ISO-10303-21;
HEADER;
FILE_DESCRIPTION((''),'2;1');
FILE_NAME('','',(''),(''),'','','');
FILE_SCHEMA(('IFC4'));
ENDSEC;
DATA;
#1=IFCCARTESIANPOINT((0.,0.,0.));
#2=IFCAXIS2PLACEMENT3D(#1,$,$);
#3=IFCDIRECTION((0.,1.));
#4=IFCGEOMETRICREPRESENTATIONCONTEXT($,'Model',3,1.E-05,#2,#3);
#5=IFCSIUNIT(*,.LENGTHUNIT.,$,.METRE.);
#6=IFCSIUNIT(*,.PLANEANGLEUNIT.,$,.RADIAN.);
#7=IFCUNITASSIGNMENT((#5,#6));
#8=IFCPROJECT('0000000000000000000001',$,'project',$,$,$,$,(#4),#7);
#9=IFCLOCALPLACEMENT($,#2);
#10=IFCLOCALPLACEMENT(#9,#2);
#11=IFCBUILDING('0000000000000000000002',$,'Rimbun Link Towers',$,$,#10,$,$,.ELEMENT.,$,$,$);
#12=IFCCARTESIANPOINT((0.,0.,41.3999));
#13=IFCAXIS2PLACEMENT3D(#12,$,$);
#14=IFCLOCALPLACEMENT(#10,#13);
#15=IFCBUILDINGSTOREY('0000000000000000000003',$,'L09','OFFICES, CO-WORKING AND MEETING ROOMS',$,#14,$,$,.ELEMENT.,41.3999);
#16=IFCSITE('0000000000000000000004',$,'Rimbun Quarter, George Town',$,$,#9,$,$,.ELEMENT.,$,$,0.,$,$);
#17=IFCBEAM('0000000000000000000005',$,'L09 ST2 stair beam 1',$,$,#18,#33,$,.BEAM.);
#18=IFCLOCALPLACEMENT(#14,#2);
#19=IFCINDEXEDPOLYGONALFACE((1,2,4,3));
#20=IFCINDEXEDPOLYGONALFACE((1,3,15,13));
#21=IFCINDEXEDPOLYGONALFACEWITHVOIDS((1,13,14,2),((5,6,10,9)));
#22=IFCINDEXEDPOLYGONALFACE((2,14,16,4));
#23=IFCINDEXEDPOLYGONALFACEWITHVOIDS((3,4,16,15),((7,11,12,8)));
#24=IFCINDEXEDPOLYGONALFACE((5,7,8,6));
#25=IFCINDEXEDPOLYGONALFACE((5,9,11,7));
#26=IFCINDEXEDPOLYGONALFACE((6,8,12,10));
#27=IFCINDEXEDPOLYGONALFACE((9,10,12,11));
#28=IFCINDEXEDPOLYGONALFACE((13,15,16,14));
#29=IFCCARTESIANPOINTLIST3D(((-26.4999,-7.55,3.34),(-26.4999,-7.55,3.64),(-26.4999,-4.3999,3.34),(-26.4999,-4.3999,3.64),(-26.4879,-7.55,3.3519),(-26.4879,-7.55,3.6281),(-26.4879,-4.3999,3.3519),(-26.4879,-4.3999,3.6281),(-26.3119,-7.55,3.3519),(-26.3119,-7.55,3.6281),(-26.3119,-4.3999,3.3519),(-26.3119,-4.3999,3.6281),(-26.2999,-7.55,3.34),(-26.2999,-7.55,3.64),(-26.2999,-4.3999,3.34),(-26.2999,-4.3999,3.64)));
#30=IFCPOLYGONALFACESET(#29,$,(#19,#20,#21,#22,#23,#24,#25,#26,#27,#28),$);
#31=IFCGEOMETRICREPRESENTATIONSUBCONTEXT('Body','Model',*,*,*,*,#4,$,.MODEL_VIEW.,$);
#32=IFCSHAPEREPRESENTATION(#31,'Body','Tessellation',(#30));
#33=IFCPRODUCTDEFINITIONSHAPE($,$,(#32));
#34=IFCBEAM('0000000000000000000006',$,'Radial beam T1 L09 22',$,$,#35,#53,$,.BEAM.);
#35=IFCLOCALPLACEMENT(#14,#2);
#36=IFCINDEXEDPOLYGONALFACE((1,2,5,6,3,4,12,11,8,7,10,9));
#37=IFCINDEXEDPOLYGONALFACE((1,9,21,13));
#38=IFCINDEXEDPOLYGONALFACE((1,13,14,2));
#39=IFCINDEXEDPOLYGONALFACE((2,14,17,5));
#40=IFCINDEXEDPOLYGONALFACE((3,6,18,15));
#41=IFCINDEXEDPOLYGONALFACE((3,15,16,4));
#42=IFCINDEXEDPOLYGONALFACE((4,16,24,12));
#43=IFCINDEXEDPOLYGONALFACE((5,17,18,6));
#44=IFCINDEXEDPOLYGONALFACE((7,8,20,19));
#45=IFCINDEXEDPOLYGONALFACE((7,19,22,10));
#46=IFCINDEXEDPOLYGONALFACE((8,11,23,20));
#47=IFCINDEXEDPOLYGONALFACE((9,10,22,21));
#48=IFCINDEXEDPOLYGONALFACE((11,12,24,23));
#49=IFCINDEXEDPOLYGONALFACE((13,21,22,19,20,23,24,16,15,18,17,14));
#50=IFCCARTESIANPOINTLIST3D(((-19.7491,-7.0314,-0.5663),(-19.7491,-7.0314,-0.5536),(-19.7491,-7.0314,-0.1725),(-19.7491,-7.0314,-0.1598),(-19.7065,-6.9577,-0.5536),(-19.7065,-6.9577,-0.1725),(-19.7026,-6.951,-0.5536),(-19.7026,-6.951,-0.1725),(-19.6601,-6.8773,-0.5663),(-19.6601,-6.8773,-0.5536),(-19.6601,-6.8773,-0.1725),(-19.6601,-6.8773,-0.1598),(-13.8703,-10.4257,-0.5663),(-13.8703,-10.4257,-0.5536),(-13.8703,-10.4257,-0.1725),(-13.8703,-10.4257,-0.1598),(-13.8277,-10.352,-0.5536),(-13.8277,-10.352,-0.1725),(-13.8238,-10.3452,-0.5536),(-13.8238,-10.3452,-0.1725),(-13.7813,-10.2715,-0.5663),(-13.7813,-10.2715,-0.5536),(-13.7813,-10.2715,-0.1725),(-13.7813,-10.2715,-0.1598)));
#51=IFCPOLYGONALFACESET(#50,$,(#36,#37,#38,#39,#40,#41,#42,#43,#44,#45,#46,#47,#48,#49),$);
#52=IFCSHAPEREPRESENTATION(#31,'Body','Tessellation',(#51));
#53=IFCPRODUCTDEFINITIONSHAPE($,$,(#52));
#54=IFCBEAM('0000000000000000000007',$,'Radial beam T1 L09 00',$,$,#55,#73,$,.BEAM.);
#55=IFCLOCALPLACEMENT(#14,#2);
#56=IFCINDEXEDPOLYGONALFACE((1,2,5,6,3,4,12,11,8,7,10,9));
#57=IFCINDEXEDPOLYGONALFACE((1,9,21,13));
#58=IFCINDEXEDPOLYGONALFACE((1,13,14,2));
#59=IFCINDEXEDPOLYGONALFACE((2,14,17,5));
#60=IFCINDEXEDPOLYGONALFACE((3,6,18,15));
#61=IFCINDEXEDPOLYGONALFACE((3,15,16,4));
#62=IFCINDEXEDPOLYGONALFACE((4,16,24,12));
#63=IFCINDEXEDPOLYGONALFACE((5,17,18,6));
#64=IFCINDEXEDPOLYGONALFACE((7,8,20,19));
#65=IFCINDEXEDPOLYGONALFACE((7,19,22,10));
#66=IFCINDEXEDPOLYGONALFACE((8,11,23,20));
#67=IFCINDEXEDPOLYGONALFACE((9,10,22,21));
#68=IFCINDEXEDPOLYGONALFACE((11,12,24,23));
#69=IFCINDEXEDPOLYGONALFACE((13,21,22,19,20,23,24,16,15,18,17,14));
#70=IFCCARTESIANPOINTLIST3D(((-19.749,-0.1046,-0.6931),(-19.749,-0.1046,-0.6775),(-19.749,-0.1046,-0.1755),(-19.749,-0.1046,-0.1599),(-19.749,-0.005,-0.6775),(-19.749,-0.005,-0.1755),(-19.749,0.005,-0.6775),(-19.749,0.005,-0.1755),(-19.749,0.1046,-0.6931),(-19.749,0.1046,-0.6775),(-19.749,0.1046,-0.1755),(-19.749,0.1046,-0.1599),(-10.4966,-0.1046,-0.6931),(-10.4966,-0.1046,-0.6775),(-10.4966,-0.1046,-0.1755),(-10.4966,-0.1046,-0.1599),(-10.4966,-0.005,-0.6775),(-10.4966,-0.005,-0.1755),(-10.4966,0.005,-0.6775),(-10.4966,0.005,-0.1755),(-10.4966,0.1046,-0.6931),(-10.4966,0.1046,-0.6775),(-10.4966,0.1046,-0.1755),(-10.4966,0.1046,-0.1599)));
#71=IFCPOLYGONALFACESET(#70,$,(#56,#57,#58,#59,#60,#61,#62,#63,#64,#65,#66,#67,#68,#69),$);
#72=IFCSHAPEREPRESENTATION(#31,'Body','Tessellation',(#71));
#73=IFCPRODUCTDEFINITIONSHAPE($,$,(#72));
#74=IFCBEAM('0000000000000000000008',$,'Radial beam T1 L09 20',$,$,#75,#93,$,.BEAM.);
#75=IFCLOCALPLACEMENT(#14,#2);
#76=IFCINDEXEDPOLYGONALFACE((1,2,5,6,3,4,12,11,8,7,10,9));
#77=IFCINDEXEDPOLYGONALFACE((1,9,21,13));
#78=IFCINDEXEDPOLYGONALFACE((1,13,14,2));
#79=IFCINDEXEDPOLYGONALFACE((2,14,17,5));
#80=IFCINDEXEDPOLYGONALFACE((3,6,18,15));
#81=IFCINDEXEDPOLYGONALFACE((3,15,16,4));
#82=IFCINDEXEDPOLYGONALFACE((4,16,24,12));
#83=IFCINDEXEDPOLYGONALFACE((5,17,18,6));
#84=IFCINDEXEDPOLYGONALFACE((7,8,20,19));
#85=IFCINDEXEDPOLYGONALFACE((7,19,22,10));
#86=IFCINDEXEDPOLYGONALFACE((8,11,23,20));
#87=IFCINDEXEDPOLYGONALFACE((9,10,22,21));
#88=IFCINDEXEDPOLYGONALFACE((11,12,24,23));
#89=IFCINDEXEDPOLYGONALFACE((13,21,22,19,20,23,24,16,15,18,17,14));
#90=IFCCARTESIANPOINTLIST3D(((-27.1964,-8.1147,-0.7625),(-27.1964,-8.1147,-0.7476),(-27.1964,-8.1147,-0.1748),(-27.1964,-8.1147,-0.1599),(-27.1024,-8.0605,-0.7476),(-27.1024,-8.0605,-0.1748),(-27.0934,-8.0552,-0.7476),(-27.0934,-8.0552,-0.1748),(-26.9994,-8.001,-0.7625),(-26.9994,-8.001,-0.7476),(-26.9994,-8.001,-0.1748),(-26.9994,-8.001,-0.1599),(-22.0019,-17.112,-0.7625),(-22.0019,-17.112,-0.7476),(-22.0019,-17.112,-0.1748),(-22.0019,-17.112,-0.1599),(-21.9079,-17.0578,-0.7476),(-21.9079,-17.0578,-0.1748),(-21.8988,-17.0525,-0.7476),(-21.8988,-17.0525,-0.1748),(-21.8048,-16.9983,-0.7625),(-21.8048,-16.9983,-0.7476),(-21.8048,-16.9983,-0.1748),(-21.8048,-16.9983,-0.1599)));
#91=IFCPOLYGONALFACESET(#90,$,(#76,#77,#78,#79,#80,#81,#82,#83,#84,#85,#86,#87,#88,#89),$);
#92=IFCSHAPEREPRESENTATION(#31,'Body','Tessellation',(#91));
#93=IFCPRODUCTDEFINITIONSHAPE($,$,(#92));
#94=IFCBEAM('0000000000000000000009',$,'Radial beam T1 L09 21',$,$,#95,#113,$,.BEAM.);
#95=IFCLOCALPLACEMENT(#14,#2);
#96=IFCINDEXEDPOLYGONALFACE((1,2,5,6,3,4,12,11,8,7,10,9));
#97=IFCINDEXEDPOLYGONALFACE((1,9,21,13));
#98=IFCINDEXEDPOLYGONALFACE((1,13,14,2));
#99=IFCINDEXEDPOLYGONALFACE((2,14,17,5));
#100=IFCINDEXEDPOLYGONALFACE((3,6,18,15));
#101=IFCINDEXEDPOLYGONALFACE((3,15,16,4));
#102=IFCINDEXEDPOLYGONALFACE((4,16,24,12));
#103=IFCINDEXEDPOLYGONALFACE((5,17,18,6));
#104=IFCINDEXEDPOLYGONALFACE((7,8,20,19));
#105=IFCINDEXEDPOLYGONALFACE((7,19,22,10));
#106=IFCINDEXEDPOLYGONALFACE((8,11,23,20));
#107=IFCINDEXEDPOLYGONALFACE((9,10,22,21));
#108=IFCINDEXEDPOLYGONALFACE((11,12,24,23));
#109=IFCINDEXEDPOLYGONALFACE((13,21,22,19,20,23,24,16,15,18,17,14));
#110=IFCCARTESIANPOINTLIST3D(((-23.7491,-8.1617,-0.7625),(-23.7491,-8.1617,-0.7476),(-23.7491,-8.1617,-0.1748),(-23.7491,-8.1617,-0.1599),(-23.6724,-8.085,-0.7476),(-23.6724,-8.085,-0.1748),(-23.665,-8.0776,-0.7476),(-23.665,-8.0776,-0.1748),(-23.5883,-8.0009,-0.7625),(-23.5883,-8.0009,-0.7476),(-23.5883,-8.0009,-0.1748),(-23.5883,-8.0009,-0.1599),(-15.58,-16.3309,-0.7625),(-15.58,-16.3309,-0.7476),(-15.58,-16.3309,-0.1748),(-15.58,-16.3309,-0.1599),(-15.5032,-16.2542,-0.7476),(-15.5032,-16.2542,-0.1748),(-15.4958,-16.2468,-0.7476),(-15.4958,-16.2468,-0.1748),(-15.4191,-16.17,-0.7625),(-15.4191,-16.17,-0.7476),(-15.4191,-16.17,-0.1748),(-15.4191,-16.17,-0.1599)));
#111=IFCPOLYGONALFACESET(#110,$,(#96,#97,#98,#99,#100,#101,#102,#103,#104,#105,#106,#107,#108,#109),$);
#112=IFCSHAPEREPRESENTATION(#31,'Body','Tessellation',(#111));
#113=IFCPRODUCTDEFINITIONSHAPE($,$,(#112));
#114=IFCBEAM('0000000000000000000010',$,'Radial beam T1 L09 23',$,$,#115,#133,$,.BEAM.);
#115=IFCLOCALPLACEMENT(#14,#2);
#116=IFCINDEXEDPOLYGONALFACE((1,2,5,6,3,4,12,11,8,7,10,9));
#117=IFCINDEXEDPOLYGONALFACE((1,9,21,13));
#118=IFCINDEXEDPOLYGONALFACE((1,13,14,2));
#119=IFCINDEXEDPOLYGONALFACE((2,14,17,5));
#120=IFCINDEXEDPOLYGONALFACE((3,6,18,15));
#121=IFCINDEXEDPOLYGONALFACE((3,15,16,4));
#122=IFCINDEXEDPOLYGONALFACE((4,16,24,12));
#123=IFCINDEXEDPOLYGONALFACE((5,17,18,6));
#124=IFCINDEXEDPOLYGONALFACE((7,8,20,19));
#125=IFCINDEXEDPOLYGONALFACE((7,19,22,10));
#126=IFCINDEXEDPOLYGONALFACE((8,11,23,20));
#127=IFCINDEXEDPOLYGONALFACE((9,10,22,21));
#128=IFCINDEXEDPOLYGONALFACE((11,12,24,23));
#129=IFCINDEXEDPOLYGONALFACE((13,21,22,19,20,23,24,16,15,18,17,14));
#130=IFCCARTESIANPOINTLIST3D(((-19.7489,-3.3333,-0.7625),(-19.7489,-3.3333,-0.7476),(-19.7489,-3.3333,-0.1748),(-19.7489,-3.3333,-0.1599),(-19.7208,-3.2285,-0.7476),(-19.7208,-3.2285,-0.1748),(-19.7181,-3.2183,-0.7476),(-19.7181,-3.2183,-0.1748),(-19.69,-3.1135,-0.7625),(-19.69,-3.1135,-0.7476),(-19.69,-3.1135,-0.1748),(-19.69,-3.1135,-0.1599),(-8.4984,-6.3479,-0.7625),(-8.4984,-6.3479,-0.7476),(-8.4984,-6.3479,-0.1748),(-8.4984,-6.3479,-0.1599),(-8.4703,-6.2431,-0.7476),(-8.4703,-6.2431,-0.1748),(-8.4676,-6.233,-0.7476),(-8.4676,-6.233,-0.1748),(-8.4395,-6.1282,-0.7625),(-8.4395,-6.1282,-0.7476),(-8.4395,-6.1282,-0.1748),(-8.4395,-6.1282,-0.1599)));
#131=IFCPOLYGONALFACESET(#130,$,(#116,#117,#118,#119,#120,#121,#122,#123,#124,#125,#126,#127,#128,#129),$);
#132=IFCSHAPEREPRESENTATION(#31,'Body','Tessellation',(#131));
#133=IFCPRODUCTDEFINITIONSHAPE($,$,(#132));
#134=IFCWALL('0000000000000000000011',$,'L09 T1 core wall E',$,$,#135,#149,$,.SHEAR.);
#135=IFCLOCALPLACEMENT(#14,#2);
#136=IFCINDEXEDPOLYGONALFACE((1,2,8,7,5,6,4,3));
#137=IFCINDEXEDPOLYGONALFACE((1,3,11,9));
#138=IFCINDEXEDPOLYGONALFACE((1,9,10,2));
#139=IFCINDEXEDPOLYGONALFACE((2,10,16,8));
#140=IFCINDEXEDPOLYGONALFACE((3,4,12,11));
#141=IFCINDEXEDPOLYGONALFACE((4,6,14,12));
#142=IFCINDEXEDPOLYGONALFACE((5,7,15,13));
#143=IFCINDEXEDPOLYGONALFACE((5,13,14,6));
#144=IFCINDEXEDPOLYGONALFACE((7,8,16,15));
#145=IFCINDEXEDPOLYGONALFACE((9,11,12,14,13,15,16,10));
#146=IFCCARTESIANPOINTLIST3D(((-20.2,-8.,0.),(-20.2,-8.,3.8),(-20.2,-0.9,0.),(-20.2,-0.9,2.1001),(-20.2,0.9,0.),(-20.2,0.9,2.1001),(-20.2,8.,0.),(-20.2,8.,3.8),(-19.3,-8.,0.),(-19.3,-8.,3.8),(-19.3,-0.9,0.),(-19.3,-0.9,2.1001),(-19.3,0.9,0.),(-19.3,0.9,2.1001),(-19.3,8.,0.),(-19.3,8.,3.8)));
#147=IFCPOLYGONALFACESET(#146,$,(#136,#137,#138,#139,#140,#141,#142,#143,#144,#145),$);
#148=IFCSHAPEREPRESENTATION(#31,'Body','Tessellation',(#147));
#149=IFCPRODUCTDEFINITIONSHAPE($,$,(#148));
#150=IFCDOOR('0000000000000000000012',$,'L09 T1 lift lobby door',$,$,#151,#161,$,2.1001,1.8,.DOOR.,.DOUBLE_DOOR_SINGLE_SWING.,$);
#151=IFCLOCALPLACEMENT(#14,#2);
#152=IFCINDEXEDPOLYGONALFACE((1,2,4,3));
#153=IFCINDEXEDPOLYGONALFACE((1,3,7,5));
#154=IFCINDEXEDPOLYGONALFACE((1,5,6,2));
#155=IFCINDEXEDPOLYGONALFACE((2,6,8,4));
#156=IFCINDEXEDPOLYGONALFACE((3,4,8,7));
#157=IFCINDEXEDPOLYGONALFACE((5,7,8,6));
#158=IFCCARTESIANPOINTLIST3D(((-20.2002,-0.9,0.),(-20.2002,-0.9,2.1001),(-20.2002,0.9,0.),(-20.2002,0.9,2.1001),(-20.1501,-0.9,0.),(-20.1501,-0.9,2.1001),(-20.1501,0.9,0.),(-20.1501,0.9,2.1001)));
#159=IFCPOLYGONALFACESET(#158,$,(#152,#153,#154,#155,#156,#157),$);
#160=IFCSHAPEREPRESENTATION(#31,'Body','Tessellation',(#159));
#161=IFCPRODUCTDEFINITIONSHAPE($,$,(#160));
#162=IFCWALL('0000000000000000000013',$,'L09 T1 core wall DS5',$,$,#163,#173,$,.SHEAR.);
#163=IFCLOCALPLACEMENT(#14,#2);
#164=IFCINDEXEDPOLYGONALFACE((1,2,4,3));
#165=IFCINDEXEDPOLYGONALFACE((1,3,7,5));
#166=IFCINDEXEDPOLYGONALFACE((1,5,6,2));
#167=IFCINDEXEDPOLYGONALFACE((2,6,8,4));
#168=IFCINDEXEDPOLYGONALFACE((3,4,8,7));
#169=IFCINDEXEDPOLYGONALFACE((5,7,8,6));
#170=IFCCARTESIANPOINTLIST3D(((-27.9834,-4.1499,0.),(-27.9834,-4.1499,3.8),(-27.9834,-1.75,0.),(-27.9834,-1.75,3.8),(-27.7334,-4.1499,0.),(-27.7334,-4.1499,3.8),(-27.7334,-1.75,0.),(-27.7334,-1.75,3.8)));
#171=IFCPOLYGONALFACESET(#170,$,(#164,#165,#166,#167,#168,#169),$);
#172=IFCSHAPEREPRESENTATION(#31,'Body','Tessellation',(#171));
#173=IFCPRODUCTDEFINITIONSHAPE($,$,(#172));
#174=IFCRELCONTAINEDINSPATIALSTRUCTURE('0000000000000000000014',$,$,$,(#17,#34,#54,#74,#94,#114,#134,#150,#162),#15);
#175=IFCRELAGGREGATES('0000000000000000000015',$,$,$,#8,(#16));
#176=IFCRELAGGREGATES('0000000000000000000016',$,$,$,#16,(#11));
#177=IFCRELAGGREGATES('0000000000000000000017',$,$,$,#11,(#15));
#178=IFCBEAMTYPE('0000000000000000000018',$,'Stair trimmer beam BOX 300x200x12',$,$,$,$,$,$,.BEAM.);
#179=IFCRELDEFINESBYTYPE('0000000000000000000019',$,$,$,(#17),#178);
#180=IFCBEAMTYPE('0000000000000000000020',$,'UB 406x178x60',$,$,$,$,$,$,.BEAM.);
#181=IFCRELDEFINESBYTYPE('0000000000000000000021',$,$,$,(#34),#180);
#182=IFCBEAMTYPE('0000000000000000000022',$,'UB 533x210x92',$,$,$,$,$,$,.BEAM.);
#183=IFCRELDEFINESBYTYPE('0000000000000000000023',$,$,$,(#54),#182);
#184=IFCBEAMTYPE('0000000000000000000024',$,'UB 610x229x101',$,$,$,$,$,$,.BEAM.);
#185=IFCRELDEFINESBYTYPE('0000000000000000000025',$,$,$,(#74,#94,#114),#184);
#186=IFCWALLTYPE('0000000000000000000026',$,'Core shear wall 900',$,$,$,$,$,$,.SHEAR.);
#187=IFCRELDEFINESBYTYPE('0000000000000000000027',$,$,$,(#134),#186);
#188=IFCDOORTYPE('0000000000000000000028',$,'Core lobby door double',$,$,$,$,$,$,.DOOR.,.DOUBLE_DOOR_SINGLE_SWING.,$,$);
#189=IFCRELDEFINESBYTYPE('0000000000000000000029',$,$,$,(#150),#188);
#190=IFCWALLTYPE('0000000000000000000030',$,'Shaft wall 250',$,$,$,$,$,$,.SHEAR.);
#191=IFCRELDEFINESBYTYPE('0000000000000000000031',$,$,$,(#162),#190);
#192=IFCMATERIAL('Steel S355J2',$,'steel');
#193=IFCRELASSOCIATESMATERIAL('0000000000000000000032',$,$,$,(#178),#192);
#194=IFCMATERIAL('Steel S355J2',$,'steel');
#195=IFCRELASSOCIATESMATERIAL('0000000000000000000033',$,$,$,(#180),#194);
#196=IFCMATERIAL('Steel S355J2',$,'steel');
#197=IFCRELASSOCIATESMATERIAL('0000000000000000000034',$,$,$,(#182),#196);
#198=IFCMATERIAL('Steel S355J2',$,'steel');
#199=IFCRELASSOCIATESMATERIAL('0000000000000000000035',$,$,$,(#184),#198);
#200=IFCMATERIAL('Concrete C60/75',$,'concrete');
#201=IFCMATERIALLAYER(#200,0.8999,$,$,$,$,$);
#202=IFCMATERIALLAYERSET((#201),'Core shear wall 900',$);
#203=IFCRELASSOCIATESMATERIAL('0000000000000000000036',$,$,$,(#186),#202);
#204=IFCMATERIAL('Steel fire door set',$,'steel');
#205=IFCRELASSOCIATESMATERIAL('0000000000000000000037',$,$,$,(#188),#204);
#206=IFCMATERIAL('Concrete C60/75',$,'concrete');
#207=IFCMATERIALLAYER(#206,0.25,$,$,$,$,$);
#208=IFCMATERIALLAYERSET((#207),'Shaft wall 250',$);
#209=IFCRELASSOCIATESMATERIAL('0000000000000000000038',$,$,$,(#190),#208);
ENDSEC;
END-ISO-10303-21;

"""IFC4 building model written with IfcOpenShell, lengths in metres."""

from ifc_helpers import new_model, si_unit, direction, frame, frame_2d, origin, origin_2d, place, context, subcontext, project, spatial, rectangle, hollow_rectangle, i_section, extrude, material, layer, layer_set, material_profile, profile_set, type_object, element, fill, save


model = new_model("IFC4")

# Units and contexts
model_context = context("Model", 3, precision=1e-05, world=origin(), true_north=direction((0.0, 1.0)))
body_context = subcontext(model_context, "Body", "Model", "MODEL_VIEW")
ifc_project = project(units=[si_unit("LENGTHUNIT", "METRE"), si_unit("PLANEANGLEUNIT", "RADIAN")], contexts=[model_context])

# Site, building, storey
site_placement = place(None, origin())
site = spatial("IfcSite", under=ifc_project, at=site_placement, Name="Rimbun Quarter, George Town", CompositionType="ELEMENT", RefElevation=0.0)
building_placement = place(site_placement, origin())
building = spatial("IfcBuilding", under=site, at=building_placement, Name="Rimbun Link Towers", CompositionType="ELEMENT")
storey_placement = place(building_placement, frame((0.0, 0.0, 41.3999)))
storey = spatial("IfcBuildingStorey", under=building, at=storey_placement, Name="L09", Description="OFFICES, CO-WORKING AND MEETING ROOMS", CompositionType="ELEMENT", Elevation=41.3999)

# Beams
ifc_material_1 = material(Name="Steel S355J2", Category="steel")
ifc_material_profile_1 = material_profile(ifc_material_1, hollow_rectangle(XDim=0.2, YDim=0.3, WallThickness=0.012, at=origin_2d()), Name="BOX 300x200x12")
ifc_profile_set_1 = profile_set([ifc_material_profile_1], Name="Steel S355J2")
beam_type_1 = type_object("IfcBeamType", Name="Stair trimmer beam BOX 300x200x12", PredefinedType="BEAM", material=ifc_profile_set_1)
beam_1_placement = place(storey_placement, frame((-26.3999, -7.55, 3.49), z_axis=(0.0, 1.0, 0.0), x_axis=(-1.0, 0.0, 0.0)))
element("IfcBeam", 1, at=beam_1_placement, inside=storey, type_object=beam_type_1, Name="L09 ST2 stair beam 1", PredefinedType="BEAM", context=body_context, shape_type="SweptSolid", body=[
    extrude(hollow_rectangle(XDim=0.2, YDim=0.3, WallThickness=0.012, at=origin_2d()), origin(), (0.0, 0.0, 1.0), 3.1501),
])
ifc_material_2 = material(Name="Steel S355J2", Category="steel")
ifc_material_profile_2 = material_profile(ifc_material_2, i_section(OverallWidth=0.178, OverallDepth=0.4065, WebThickness=0.0078, FlangeThickness=0.0127, at=origin_2d()), Name="UB 406x178x60")
ifc_profile_set_2 = profile_set([ifc_material_profile_2], Name="Steel S355J2")
beam_type_2 = type_object("IfcBeamType", Name="UB 406x178x60", PredefinedType="BEAM", material=ifc_profile_set_2)
beam_2_placement = place(storey_placement, frame((-19.7046, -6.9543, -0.363), z_axis=(0.866019, -0.500011, 0.0), x_axis=(0.500011, 0.866019, 0.0)))
element("IfcBeam", 2, at=beam_2_placement, inside=storey, type_object=beam_type_2, Name="Radial beam T1 L09 22", PredefinedType="BEAM", context=body_context, shape_type="SweptSolid", body=[
    extrude(i_section(OverallWidth=0.178, OverallDepth=0.4065, WebThickness=0.0078, FlangeThickness=0.0127, at=origin_2d()), origin(), (0.0, 0.0, 1.0), 6.7883),
])
ifc_material_3 = material(Name="Steel S355J2", Category="steel")
ifc_material_profile_3 = material_profile(ifc_material_3, i_section(OverallWidth=0.2092, OverallDepth=0.5332, WebThickness=0.01, FlangeThickness=0.0156, at=origin_2d()), Name="UB 533x210x92")
ifc_profile_set_3 = profile_set([ifc_material_profile_3], Name="Steel S355J2")
beam_type_3 = type_object("IfcBeamType", Name="UB 533x210x92", PredefinedType="BEAM", material=ifc_profile_set_3)
beam_3_placement = place(storey_placement, frame((-19.749, 0.0, -0.4265), z_axis=(1.0, 0.0, 0.0), x_axis=(0.0, 1.0, 0.0)))
element("IfcBeam", 3, at=beam_3_placement, inside=storey, type_object=beam_type_3, Name="Radial beam T1 L09 00", PredefinedType="BEAM", context=body_context, shape_type="SweptSolid", body=[
    extrude(i_section(OverallWidth=0.2092, OverallDepth=0.5332, WebThickness=0.01, FlangeThickness=0.0156, at=origin_2d()), origin(), (0.0, 0.0, 1.0), 9.2524),
])
ifc_material_4 = material(Name="Steel S355J2", Category="steel")
ifc_material_profile_4 = material_profile(ifc_material_4, i_section(OverallWidth=0.2275, OverallDepth=0.6025, WebThickness=0.0105, FlangeThickness=0.0149, at=origin_2d()), Name="UB 610x229x101")
ifc_profile_set_4 = profile_set([ifc_material_profile_4], Name="Steel S355J2")
beam_type_4 = type_object("IfcBeamType", Name="UB 610x229x101", PredefinedType="BEAM", material=ifc_profile_set_4)
beam_4_placement = place(storey_placement, frame((-27.0979, -8.0579, -0.4612), z_axis=(0.499998, -0.866026, 0.0), x_axis=(0.866026, 0.499998, 0.0)))
element("IfcBeam", 4, at=beam_4_placement, inside=storey, type_object=beam_type_4, Name="Radial beam T1 L09 20", PredefinedType="BEAM", context=body_context, shape_type="SweptSolid", body=[
    extrude(i_section(OverallWidth=0.2275, OverallDepth=0.6025, WebThickness=0.0105, FlangeThickness=0.0149, at=origin_2d()), origin(), (0.0, 0.0, 1.0), 10.3892),
])
beam_5_placement = place(storey_placement, frame((-23.6687, -8.0813, -0.4612), z_axis=(0.707107, -0.707107, 0.0), x_axis=(0.707107, 0.707107, 0.0)))
element("IfcBeam", 5, at=beam_5_placement, inside=storey, type_object=beam_type_4, Name="Radial beam T1 L09 21", PredefinedType="BEAM", context=body_context, shape_type="SweptSolid", body=[
    extrude(i_section(OverallWidth=0.2275, OverallDepth=0.6025, WebThickness=0.0105, FlangeThickness=0.0149, at=origin_2d()), origin(), (0.0, 0.0, 1.0), 11.553),
])
beam_6_placement = place(storey_placement, frame((-19.7195, -3.2234, -0.4612), z_axis=(0.965924, -0.258826, 0.0), x_axis=(0.258826, 0.965924, 0.0)))
element("IfcBeam", 6, at=beam_6_placement, inside=storey, type_object=beam_type_4, Name="Radial beam T1 L09 23", PredefinedType="BEAM", context=body_context, shape_type="SweptSolid", body=[
    extrude(i_section(OverallWidth=0.2275, OverallDepth=0.6025, WebThickness=0.0105, FlangeThickness=0.0149, at=origin_2d()), origin(), (0.0, 0.0, 1.0), 11.6475),
])

# Wall, opening, door
ifc_material_5 = material(Name="Concrete C60/75", Category="concrete")
ifc_layer_1 = layer(ifc_material_5, 0.8999)
ifc_layer_set_1 = layer_set([ifc_layer_1], Name="Core shear wall 900")
wall_type_1 = type_object("IfcWallType", Name="Core shear wall 900", PredefinedType="SHEAR", material=ifc_layer_set_1)
wall_1_placement = place(storey_placement, frame((-19.75, -8.0, 0.0), z_axis=(0.0, 0.0, 1.0), x_axis=(0.0, 1.0, 0.0)))
wall_1 = element("IfcWall", 7, at=wall_1_placement, inside=storey, type_object=wall_type_1, Name="L09 T1 core wall E", PredefinedType="SHEAR", context=body_context, shape_type="SweptSolid", body=[
    extrude(rectangle(XDim=16.0, YDim=0.8999, at=frame_2d((8.0, 0.0))), origin(), (0.0, 0.0, 1.0), 3.8),
])
opening_placement = place(wall_1_placement, frame((7.1001, 0.0, 0.0)))
opening = element("IfcOpeningElement", 8, at=opening_placement, cuts=wall_1, PredefinedType="OPENING", context=body_context, shape_type="SweptSolid", body=[
    extrude(rectangle(XDim=1.8, YDim=2.1001, at=frame_2d((0.8999, 1.05))), frame((0.0, 0.46, 0.0), z_axis=(0.0, -1.0, 0.0), x_axis=(1.0, 0.0, 0.0)), (0.0, 0.0, 1.0), 0.9199),
])
ifc_material_6 = material(Name="Steel fire door set", Category="steel")
door_type = type_object("IfcDoorType", Name="Core lobby door double", OperationType="DOUBLE_DOOR_SINGLE_SWING", PredefinedType="DOOR", material=ifc_material_6)
door_placement = place(opening_placement, origin())
door = element("IfcDoor", 9, at=door_placement, inside=storey, type_object=door_type, Name="L09 T1 lift lobby door", OperationType="DOUBLE_DOOR_SINGLE_SWING", OverallHeight=2.1001, OverallWidth=1.8, PredefinedType="DOOR", context=body_context, shape_type="SweptSolid", body=[
    extrude(rectangle(XDim=1.8, YDim=2.1001, at=frame_2d((0.8999, 1.05))), frame((0.0, 0.4502, 0.0), z_axis=(0.0, -1.0, 0.0), x_axis=(1.0, 0.0, 0.0)), (0.0, 0.0, 1.0), 0.05),
])
fill(opening, door)

# Wall
ifc_material_7 = material(Name="Concrete C60/75", Category="concrete")
ifc_layer_2 = layer(ifc_material_7, 0.25)
ifc_layer_set_2 = layer_set([ifc_layer_2], Name="Shaft wall 250")
wall_type_2 = type_object("IfcWallType", Name="Shaft wall 250", PredefinedType="SHEAR", material=ifc_layer_set_2)
for number, where, z_axis, x_axis, name in (
    (10, (-27.8584, -4.1499, 0.0), (0.0, 0.0, 1.0), (0.0, 1.0, 0.0), "L09 T1 core wall DS5"),
):
    element("IfcWall", number, at=place(storey_placement, frame(where, z_axis=z_axis, x_axis=x_axis)), inside=storey, type_object=wall_type_2, Name=name, PredefinedType="SHEAR", context=body_context, shape_type="SweptSolid", body=[
        extrude(rectangle(XDim=2.3999, YDim=0.25, at=frame_2d((1.2, 0.0))), origin(), (0.0, 0.0, 1.0), 3.8),
    ])

save(model, "model.ifc")
